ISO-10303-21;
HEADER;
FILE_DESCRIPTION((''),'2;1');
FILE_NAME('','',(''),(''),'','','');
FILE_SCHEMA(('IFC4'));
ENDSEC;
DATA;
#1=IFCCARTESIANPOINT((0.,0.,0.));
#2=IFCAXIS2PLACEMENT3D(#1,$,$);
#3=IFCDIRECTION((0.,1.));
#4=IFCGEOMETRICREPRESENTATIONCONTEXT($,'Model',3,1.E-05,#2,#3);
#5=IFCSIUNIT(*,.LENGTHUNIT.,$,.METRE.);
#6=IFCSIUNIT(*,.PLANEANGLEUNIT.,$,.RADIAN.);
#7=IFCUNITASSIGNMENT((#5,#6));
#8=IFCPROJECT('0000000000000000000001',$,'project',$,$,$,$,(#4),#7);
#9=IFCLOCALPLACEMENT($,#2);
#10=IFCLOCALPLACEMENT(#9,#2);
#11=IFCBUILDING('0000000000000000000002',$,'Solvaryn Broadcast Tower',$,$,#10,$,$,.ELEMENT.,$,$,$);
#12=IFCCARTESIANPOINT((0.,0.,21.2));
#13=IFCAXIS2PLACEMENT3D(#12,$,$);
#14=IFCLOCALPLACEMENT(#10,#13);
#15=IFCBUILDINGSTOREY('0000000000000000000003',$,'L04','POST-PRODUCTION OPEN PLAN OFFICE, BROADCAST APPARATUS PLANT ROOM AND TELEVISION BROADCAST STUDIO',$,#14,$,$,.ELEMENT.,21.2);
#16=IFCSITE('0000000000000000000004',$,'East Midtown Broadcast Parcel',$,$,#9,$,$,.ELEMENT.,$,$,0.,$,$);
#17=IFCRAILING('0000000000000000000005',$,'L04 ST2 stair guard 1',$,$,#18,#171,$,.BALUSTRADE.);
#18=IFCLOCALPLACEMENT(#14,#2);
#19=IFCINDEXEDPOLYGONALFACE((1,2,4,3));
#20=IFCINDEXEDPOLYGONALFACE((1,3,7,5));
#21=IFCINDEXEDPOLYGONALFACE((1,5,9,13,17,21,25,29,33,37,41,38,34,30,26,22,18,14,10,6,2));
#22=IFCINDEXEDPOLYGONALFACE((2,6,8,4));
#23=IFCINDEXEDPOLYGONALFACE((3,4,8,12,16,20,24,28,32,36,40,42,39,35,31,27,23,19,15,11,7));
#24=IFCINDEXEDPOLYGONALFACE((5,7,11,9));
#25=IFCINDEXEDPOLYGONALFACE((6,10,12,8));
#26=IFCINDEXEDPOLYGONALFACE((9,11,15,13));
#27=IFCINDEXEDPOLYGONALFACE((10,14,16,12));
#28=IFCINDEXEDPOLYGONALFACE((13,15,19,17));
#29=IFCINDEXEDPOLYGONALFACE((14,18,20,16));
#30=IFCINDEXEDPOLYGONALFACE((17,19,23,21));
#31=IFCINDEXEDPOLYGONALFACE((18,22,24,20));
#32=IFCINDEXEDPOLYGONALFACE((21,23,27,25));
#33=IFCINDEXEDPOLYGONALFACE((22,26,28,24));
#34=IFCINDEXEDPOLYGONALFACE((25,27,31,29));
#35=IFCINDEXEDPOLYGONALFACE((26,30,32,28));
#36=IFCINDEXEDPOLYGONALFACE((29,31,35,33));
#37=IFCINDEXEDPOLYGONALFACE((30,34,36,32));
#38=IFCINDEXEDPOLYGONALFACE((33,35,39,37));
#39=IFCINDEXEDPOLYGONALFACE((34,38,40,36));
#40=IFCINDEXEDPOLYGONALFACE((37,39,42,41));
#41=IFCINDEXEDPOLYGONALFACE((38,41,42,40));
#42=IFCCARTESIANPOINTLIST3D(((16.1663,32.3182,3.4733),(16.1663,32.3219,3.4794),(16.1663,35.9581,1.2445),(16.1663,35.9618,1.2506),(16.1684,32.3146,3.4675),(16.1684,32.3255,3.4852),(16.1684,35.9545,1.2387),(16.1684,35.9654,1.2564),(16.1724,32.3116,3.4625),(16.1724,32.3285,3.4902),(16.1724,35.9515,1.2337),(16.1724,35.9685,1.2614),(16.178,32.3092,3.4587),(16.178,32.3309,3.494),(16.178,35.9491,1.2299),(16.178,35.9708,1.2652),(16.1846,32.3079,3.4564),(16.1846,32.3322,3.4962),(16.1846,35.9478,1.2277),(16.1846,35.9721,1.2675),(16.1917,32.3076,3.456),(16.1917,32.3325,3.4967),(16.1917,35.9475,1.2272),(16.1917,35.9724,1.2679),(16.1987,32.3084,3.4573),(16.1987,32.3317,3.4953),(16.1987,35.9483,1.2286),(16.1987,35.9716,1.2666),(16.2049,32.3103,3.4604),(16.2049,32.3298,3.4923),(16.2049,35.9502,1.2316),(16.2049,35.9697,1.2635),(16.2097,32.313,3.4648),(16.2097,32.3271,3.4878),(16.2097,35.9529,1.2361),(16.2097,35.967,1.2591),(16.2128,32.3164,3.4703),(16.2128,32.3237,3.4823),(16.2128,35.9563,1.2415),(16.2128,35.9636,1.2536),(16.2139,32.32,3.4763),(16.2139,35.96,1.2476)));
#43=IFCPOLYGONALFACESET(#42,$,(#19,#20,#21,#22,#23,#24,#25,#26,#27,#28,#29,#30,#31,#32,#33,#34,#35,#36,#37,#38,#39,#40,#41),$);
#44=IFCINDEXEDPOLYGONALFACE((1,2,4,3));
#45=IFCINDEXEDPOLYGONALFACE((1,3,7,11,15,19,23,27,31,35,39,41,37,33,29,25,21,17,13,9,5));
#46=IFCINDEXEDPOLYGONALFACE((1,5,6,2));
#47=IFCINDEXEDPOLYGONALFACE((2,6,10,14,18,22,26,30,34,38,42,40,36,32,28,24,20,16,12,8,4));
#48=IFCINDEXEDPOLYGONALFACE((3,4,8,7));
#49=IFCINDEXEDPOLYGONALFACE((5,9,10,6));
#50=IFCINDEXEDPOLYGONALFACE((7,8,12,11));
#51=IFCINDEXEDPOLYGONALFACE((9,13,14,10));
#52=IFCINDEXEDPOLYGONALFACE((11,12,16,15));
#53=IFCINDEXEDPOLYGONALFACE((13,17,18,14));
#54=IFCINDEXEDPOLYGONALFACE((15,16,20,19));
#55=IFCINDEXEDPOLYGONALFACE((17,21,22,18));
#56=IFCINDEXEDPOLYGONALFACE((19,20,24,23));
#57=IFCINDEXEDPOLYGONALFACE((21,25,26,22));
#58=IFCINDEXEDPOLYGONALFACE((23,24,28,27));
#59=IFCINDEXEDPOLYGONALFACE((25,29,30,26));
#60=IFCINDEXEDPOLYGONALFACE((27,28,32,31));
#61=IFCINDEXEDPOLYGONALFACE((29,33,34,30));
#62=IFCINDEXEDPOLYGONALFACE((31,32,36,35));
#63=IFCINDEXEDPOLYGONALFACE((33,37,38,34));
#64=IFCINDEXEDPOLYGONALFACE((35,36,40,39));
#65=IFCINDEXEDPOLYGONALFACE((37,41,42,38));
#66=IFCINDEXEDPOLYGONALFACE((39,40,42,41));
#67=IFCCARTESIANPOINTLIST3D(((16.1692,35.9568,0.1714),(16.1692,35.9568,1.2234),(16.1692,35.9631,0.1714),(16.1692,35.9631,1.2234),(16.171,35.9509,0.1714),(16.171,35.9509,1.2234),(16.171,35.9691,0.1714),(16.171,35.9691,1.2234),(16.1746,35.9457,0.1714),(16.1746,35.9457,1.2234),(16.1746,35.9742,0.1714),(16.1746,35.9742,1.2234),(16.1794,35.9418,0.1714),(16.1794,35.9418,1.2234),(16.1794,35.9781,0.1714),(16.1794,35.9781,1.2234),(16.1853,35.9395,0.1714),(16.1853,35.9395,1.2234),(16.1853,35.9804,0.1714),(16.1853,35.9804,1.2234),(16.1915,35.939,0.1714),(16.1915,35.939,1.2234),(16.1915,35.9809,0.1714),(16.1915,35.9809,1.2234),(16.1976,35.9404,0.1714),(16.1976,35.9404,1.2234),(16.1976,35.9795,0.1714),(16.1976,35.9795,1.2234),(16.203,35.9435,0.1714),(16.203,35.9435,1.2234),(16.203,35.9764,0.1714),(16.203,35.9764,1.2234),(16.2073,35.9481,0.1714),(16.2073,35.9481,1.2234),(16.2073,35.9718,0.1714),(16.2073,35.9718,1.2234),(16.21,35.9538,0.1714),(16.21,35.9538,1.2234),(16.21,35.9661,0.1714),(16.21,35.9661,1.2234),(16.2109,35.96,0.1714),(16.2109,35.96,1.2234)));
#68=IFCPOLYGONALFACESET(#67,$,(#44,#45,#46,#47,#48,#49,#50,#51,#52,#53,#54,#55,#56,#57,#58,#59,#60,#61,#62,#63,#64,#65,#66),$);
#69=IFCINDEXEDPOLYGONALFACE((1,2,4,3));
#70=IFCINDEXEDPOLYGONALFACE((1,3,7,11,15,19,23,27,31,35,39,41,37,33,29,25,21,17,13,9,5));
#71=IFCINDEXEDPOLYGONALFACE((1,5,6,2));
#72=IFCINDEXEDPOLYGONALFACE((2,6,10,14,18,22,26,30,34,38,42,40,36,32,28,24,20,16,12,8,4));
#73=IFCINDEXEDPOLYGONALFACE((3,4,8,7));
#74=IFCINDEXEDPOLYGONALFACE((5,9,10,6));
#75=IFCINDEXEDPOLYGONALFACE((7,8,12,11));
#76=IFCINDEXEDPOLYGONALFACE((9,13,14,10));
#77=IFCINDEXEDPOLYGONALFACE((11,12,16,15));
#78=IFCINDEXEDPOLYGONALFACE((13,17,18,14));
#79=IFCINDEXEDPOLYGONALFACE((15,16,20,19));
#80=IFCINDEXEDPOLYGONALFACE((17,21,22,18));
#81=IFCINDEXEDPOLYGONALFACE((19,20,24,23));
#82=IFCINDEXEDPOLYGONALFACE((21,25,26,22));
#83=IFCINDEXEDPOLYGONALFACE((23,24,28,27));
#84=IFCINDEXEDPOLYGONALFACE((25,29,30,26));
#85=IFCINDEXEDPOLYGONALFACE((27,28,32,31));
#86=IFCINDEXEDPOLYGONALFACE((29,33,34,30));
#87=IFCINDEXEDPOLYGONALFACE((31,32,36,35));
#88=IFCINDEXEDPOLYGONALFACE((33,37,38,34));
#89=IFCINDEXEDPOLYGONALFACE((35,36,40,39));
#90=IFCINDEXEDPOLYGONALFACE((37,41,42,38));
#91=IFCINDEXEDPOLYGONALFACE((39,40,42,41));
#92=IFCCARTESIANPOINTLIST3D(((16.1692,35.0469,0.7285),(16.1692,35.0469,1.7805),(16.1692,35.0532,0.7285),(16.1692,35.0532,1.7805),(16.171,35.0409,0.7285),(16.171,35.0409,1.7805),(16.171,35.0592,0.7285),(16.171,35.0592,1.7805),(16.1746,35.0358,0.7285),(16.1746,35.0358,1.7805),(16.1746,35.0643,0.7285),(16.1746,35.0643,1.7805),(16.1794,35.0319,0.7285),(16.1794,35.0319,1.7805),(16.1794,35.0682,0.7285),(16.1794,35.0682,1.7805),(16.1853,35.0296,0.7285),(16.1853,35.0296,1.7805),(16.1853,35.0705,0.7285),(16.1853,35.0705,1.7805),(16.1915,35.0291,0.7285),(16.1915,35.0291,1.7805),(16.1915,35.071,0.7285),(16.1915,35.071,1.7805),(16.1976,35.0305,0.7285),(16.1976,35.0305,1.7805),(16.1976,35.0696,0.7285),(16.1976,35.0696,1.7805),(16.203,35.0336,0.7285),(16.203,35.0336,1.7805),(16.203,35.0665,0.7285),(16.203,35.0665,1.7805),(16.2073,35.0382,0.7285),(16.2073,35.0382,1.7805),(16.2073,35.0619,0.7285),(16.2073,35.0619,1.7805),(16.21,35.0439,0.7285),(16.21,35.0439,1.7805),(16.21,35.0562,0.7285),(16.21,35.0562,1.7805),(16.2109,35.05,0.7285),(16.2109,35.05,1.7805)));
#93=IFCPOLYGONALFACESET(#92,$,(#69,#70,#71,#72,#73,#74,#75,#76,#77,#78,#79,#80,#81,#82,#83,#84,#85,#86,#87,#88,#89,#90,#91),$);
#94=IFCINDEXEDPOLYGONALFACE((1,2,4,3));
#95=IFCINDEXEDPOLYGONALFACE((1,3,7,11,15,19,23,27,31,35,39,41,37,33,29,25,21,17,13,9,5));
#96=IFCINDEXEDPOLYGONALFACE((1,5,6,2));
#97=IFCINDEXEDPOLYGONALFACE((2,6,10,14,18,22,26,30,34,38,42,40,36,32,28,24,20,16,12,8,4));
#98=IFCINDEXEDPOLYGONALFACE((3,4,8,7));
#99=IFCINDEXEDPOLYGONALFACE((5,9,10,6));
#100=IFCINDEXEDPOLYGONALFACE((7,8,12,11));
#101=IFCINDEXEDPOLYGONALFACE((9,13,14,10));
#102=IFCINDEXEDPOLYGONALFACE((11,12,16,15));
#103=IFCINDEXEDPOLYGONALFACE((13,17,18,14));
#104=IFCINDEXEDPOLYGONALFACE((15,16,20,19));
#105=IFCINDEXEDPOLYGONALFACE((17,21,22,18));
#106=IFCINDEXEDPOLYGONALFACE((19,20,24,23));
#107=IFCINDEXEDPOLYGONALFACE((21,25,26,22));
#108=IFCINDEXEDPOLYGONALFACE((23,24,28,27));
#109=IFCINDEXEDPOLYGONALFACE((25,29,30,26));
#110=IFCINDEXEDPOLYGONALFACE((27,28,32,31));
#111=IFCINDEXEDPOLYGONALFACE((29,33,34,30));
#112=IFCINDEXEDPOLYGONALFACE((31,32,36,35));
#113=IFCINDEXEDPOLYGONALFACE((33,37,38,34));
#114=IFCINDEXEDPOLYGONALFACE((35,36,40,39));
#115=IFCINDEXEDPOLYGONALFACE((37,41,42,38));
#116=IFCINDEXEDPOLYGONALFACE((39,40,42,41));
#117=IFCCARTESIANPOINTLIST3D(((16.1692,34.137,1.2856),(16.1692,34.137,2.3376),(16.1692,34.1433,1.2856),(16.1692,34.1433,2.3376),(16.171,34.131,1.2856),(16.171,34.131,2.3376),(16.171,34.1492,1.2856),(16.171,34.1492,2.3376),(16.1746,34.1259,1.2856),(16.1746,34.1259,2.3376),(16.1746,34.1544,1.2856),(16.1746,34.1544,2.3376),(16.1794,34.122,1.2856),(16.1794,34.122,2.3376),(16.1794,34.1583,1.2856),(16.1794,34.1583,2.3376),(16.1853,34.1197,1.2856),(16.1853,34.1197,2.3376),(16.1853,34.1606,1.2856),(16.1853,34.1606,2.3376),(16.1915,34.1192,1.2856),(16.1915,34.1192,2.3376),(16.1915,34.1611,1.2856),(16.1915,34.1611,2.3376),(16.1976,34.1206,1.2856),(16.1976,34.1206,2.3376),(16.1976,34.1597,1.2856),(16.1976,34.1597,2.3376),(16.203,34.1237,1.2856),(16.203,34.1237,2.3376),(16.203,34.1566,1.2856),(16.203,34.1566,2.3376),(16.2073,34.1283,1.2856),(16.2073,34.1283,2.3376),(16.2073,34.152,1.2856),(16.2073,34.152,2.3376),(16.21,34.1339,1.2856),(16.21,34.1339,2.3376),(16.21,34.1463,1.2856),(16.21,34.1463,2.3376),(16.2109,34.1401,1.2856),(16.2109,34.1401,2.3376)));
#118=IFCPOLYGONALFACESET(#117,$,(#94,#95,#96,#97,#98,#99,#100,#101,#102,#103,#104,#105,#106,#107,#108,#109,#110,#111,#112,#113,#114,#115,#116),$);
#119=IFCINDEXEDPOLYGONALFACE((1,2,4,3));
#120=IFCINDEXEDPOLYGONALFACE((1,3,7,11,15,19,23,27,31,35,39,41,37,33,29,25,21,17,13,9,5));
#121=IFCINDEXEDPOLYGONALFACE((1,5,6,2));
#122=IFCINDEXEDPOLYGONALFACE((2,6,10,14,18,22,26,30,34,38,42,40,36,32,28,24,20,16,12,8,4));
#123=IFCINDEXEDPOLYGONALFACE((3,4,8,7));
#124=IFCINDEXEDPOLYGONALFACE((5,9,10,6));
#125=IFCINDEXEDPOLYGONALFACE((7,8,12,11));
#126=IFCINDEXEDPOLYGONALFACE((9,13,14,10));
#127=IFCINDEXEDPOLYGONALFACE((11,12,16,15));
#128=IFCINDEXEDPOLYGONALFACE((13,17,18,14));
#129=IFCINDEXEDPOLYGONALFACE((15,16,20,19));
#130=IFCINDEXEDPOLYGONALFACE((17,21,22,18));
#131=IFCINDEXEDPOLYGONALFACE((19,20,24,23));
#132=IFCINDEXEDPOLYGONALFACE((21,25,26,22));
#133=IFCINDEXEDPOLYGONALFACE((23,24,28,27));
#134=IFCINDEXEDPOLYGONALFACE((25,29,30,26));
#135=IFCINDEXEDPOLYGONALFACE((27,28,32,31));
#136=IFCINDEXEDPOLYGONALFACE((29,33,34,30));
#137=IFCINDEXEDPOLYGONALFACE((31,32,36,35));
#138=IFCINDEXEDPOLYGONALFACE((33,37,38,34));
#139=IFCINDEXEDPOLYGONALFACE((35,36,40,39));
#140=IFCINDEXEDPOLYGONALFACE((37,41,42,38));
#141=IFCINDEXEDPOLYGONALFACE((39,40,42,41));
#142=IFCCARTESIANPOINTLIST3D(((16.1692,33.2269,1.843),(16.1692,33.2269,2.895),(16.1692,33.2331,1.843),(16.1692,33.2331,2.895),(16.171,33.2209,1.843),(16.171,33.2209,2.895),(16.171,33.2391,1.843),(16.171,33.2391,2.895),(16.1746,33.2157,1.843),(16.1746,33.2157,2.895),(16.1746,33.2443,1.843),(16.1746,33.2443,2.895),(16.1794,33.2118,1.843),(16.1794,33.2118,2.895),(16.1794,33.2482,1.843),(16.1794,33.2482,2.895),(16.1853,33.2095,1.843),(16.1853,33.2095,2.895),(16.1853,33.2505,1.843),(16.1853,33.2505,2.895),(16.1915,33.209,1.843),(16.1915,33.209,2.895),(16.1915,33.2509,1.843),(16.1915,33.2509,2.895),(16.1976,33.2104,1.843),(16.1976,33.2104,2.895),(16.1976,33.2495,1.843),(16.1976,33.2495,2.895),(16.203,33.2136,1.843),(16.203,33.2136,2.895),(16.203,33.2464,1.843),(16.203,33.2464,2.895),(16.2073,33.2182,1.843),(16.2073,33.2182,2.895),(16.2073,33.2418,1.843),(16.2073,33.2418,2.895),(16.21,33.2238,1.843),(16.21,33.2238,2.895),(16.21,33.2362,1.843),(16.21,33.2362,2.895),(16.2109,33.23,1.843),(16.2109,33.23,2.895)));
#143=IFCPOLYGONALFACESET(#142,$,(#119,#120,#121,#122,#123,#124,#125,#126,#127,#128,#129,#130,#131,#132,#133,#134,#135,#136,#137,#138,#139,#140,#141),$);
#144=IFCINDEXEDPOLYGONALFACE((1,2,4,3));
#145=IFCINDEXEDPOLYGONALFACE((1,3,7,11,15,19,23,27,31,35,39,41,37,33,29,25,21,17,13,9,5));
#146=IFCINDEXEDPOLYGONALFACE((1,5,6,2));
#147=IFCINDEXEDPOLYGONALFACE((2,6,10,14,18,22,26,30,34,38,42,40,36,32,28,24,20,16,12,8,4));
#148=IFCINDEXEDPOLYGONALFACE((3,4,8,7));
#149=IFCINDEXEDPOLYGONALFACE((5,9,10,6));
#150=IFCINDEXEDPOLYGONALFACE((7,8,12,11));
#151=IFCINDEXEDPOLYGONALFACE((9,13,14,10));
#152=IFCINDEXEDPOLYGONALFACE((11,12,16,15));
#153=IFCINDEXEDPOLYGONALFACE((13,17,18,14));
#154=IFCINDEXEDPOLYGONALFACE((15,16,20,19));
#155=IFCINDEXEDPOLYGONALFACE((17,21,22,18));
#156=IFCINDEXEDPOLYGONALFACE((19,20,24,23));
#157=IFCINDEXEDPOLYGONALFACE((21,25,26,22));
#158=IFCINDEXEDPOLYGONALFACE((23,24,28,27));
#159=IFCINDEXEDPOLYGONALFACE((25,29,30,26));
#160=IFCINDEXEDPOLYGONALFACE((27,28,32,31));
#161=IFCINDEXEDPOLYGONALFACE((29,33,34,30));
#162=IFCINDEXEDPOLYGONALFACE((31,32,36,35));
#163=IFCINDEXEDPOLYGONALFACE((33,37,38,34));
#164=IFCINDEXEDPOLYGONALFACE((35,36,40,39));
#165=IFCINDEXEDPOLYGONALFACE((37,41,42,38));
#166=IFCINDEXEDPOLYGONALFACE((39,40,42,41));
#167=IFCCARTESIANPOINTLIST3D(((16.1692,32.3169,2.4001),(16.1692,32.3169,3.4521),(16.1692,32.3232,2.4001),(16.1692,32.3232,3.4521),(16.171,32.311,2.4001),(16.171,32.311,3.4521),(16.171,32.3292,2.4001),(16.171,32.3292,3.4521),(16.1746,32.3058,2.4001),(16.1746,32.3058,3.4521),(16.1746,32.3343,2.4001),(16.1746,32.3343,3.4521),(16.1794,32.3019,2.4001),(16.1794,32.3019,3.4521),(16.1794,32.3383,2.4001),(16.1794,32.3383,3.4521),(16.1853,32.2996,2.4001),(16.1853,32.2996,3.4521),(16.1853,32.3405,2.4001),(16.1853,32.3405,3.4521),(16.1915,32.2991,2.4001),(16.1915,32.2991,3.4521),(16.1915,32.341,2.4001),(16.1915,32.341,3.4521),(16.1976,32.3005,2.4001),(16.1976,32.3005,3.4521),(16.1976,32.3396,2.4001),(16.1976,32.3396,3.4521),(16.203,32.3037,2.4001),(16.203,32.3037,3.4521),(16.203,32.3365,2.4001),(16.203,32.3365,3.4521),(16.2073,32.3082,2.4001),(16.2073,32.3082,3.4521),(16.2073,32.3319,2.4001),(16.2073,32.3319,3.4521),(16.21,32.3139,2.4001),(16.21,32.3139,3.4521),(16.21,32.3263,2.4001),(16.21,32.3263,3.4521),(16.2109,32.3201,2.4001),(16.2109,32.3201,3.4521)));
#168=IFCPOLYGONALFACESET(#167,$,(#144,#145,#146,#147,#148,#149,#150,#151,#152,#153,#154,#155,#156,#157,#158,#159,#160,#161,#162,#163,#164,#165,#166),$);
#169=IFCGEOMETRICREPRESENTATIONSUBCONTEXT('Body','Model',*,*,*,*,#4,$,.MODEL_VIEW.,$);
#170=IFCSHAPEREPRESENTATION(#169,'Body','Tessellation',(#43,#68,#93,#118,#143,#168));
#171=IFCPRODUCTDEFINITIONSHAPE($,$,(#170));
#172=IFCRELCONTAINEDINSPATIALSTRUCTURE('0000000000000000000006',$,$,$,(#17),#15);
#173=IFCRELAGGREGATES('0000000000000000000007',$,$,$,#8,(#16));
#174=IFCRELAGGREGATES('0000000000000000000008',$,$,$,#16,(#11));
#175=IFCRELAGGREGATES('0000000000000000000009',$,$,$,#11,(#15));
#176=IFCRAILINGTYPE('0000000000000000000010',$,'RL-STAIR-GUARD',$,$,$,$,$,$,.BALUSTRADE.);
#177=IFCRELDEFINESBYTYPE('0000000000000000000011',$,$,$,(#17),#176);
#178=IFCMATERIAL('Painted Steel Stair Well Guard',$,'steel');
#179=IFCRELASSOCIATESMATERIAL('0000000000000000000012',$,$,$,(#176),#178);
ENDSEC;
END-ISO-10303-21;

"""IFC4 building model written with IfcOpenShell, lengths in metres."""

from ifc_helpers import new_model, si_unit, direction, frame, origin, origin_2d, place, context, subcontext, project, spatial, circle, extrude, material, type_object, element, save


model = new_model("IFC4")

# Units and contexts
model_context = context("Model", 3, precision=1e-05, world=origin(), true_north=direction((0.0, 1.0)))
body_context = subcontext(model_context, "Body", "Model", "MODEL_VIEW")
ifc_project = project(units=[si_unit("LENGTHUNIT", "METRE"), si_unit("PLANEANGLEUNIT", "RADIAN")], contexts=[model_context])

# Site, building, storey
site_placement = place(None, origin())
site = spatial("IfcSite", under=ifc_project, at=site_placement, Name="East Midtown Broadcast Parcel", CompositionType="ELEMENT", RefElevation=0.0)
building_placement = place(site_placement, origin())
building = spatial("IfcBuilding", under=site, at=building_placement, Name="Solvaryn Broadcast Tower", CompositionType="ELEMENT")
storey_placement = place(building_placement, frame((0.0, 0.0, 21.2)))
storey = spatial("IfcBuildingStorey", under=building, at=storey_placement, Name="L04", Description="POST-PRODUCTION OPEN PLAN OFFICE, BROADCAST APPARATUS PLANT ROOM AND TELEVISION BROADCAST STUDIO", CompositionType="ELEMENT", Elevation=21.2)

# Railing
ifc_material_1 = material(Name="Painted Steel Stair Well Guard", Category="steel")
railing_type = type_object("IfcRailingType", Name="RL-STAIR-GUARD", PredefinedType="BALUSTRADE", material=ifc_material_1)
railing_1_placement = place(storey_placement, frame((16.1899, 35.96, 0.1714)))
element("IfcRailing", 1, at=railing_1_placement, inside=storey, type_object=railing_type, Name="L04 ST2 stair guard 1", PredefinedType="BALUSTRADE", context=body_context, shape_type="SweptSolid", body=[
    extrude(circle(Radius=0.0239, at=origin_2d()), frame((0.0, 0.0, 1.0762), z_axis=(0.0, -0.852825, 0.522197), x_axis=(1.0, 0.0, 0.0)), (0.0, 0.0, 1.0), 4.2681),
    extrude(circle(Radius=0.021, at=origin_2d()), origin(), (0.0, 0.0, 1.0), 1.052),
    extrude(circle(Radius=0.021, at=origin_2d()), frame((0.0, -0.9099, 0.5571)), (0.0, 0.0, 1.0), 1.052),
    extrude(circle(Radius=0.021, at=origin_2d()), frame((0.0, -1.8198, 1.1143)), (0.0, 0.0, 1.0), 1.052),
    extrude(circle(Radius=0.021, at=origin_2d()), frame((0.0, -2.73, 1.6716)), (0.0, 0.0, 1.0), 1.052),
    extrude(circle(Radius=0.021, at=origin_2d()), frame((0.0, -3.6399, 2.2288)), (0.0, 0.0, 1.0), 1.052),
])

save(model, "model.ifc")
